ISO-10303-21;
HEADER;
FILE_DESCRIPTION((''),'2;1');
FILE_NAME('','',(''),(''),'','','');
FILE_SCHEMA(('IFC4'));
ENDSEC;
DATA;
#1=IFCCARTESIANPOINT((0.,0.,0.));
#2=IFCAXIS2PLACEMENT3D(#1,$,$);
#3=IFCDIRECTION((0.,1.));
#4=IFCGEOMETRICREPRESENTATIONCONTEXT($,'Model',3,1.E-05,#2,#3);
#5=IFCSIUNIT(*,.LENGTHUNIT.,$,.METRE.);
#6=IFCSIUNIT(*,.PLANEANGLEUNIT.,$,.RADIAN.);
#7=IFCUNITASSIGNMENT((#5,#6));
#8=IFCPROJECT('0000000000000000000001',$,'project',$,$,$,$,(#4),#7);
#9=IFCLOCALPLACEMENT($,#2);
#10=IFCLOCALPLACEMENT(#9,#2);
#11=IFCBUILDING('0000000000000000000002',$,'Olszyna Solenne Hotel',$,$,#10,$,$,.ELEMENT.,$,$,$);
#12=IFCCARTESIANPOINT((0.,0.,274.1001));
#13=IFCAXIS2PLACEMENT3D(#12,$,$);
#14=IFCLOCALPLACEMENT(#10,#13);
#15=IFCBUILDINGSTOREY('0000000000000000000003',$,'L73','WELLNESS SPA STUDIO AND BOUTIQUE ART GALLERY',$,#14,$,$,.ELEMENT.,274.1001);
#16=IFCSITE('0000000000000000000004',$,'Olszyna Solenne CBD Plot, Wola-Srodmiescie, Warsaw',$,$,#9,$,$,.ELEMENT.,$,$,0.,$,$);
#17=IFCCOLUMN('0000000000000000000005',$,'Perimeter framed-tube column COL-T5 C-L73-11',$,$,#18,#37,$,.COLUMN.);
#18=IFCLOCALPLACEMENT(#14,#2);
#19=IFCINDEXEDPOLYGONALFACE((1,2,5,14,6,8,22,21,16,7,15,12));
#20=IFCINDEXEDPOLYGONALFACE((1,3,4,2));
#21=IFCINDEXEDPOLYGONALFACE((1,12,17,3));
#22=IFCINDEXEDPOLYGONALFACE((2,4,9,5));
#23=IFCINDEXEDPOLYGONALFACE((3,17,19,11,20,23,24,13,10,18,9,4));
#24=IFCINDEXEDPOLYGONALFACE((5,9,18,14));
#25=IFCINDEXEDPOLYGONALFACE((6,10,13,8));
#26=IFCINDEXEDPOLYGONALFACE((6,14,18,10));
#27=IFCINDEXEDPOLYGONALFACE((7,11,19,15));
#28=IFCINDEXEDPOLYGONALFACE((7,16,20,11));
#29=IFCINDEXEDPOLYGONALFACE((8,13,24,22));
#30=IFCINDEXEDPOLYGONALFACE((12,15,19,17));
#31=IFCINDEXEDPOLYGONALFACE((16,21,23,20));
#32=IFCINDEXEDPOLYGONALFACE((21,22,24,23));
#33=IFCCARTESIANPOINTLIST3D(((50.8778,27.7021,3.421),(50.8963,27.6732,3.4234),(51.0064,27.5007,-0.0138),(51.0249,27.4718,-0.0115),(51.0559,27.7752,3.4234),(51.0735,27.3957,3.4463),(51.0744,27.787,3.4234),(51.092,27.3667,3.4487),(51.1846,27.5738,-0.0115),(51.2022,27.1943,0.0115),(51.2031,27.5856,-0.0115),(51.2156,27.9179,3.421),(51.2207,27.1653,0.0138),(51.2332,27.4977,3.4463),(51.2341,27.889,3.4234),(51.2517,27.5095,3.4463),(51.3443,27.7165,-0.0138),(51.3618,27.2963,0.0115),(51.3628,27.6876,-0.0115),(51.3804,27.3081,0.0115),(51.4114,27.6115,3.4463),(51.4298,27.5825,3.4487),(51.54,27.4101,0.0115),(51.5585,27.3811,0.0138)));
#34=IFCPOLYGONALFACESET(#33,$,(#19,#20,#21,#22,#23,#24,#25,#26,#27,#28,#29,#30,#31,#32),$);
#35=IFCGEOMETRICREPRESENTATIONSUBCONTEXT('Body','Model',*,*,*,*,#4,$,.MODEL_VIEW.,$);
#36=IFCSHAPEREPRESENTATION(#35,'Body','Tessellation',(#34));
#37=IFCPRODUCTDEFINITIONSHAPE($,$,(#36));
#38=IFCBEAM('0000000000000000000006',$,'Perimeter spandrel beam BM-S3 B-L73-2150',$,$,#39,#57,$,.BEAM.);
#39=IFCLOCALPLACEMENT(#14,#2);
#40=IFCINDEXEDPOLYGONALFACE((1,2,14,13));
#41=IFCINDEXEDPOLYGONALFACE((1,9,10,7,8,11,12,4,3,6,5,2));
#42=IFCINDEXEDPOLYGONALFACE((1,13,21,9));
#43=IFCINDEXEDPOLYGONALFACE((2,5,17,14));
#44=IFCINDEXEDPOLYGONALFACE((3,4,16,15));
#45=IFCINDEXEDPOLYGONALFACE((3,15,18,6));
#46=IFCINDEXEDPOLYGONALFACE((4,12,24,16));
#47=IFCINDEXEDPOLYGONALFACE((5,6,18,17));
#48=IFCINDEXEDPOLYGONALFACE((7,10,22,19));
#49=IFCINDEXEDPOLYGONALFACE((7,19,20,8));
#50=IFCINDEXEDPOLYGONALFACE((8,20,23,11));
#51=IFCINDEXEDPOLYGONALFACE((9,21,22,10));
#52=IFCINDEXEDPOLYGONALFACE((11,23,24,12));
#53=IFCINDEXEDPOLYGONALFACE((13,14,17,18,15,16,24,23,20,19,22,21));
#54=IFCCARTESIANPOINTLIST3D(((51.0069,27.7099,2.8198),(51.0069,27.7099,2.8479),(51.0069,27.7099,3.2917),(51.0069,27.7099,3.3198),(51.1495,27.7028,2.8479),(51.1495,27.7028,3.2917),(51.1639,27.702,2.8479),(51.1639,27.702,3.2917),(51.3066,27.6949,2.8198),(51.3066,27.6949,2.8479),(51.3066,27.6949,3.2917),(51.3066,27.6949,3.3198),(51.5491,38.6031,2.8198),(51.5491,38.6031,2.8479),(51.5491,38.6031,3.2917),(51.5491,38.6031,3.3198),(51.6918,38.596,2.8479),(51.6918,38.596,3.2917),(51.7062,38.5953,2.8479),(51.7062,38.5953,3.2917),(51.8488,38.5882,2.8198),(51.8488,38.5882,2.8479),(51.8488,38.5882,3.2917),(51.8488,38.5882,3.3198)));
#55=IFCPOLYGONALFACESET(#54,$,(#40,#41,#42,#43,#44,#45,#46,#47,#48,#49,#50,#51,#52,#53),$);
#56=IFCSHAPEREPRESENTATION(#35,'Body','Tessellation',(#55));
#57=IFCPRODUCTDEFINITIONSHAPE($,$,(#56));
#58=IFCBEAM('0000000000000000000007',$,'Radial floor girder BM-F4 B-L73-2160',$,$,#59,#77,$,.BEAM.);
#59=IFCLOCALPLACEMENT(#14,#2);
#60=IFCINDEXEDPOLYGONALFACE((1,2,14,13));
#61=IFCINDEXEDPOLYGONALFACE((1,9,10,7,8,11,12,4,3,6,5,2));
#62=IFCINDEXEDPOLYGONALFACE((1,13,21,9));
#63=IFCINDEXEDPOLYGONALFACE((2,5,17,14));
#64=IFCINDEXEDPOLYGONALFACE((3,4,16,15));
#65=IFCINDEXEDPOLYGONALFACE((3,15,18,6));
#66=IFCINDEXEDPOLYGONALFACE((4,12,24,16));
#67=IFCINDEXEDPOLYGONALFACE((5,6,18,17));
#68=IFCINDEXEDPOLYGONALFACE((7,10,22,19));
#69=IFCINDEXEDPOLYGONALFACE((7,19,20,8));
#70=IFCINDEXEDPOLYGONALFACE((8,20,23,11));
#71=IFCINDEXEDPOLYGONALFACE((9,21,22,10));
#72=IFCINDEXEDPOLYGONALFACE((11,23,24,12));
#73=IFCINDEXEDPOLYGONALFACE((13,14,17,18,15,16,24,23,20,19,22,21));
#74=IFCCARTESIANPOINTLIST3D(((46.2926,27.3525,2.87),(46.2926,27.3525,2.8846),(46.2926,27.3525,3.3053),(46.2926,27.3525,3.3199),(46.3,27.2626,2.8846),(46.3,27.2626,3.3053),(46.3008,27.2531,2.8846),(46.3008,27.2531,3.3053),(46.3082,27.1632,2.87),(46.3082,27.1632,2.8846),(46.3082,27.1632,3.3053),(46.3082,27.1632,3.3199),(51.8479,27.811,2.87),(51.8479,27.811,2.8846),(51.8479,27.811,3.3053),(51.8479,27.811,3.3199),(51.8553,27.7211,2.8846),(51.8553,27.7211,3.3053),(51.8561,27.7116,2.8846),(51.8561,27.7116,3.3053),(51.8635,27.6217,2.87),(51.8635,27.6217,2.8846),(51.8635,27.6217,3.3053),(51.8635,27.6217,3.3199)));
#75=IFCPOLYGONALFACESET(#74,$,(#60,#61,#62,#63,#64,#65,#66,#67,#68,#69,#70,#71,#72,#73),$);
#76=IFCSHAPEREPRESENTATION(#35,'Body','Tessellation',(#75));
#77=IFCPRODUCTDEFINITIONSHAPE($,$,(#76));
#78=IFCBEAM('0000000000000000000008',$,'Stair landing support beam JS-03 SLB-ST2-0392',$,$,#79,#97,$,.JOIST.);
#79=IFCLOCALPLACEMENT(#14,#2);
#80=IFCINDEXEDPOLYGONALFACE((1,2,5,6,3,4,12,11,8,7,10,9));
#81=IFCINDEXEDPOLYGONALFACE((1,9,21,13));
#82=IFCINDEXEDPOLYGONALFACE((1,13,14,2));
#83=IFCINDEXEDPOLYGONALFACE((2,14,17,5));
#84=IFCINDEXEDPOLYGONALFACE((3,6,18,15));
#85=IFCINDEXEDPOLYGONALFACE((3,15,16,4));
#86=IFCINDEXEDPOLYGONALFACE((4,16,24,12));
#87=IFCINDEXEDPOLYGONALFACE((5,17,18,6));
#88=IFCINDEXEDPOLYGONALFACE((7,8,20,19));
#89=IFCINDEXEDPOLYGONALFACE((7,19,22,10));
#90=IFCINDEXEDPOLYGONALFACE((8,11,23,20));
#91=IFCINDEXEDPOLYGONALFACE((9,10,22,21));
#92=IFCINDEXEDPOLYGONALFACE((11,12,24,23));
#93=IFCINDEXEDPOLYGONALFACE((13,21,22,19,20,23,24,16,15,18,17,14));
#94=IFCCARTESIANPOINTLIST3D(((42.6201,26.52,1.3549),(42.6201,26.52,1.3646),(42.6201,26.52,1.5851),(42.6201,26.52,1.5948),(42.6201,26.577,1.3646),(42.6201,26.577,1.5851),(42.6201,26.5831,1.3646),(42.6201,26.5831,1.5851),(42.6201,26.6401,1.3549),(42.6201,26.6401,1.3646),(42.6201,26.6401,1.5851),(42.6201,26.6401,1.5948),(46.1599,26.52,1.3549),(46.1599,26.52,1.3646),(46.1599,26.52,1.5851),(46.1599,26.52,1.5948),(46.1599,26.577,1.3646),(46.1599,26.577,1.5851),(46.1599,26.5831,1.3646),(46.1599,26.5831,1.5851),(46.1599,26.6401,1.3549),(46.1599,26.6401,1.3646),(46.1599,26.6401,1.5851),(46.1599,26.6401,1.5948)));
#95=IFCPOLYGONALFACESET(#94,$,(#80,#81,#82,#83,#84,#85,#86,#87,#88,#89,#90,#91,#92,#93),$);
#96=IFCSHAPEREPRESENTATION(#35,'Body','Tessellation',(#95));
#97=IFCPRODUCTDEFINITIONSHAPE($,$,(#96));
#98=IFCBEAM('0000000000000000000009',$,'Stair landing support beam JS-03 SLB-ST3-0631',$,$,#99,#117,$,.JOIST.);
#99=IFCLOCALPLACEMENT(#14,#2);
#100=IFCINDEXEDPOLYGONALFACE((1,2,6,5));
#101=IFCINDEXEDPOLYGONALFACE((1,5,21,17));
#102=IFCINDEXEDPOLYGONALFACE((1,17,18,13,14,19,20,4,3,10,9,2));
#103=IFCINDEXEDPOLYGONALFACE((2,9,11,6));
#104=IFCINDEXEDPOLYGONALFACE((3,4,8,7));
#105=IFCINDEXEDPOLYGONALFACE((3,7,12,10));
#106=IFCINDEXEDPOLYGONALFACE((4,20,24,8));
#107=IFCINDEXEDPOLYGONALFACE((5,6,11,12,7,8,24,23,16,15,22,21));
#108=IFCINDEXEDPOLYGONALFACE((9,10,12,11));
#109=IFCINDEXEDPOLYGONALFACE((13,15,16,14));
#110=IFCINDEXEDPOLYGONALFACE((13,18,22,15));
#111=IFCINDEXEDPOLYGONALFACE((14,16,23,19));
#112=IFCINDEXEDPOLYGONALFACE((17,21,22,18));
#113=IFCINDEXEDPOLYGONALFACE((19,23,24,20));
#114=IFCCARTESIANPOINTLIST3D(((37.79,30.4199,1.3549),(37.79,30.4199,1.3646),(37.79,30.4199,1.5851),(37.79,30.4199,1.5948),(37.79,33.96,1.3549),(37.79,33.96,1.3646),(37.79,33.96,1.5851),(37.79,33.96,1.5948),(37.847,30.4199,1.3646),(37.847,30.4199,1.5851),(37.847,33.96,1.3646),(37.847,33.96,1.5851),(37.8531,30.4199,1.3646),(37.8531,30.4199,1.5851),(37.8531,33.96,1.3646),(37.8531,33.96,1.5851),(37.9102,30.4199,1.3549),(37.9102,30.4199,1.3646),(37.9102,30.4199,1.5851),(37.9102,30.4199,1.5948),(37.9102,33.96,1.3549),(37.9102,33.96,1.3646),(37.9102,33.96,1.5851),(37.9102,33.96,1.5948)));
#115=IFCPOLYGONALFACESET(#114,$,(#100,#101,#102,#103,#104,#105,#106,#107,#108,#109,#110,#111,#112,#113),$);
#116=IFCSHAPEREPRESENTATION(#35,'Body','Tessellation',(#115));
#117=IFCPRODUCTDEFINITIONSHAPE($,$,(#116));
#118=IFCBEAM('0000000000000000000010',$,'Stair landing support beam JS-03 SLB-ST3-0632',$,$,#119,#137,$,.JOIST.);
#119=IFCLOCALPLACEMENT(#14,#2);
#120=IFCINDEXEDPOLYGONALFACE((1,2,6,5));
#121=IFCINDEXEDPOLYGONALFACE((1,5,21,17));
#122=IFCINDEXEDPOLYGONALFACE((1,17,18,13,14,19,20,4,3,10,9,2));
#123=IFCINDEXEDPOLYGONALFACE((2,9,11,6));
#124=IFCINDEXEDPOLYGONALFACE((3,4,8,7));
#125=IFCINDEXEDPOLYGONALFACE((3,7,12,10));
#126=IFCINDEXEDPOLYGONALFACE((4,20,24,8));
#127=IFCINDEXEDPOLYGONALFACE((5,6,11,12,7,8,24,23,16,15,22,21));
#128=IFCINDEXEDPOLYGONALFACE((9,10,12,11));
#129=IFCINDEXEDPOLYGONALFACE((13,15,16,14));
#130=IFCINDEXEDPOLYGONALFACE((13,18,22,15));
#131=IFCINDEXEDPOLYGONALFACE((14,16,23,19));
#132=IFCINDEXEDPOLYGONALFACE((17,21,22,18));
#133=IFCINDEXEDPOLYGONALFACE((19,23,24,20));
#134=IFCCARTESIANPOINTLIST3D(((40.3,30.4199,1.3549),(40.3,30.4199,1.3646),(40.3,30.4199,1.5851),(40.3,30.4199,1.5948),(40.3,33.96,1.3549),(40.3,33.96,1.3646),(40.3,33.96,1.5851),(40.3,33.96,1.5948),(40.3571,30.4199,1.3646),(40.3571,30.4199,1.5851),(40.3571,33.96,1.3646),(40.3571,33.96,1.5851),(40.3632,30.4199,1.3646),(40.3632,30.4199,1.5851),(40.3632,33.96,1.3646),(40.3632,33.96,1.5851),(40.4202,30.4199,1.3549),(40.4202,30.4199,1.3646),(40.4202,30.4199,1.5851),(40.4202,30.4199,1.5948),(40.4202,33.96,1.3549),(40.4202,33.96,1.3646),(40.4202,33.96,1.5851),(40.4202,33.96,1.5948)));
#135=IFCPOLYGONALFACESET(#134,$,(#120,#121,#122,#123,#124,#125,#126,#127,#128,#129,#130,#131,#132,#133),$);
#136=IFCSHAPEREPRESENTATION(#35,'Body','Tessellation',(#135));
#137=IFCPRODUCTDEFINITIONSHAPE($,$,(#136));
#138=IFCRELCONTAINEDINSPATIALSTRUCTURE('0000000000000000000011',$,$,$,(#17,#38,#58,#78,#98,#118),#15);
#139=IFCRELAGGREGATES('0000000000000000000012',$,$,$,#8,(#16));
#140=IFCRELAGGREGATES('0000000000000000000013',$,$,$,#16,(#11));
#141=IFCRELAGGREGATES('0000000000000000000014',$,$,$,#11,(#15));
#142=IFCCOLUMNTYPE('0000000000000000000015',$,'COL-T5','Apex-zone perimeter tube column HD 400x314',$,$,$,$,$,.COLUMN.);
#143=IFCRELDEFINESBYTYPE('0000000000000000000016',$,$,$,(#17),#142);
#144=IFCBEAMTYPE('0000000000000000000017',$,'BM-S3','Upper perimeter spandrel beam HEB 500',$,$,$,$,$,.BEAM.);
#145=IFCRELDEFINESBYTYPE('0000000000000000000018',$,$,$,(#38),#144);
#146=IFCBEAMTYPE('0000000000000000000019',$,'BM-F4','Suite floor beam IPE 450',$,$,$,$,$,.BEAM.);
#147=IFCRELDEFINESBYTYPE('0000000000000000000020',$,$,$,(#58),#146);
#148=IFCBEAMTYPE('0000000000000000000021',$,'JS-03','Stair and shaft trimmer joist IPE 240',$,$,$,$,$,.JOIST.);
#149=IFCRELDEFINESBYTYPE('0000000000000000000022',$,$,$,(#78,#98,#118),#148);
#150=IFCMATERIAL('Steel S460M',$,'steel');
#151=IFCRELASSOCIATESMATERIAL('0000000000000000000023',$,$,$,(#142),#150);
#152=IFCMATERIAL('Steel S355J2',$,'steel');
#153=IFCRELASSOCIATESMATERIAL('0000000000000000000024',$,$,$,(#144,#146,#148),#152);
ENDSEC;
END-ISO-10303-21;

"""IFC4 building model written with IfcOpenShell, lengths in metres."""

from ifc_helpers import new_model, si_unit, direction, frame, origin, origin_2d, place, context, subcontext, project, spatial, i_section, extrude, source, transform, mapped, material, material_profile, profile_set, type_object, element, save


model = new_model("IFC4")

# Units and contexts
model_context = context("Model", 3, precision=1e-05, world=origin(), true_north=direction((0.0, 1.0)))
body_context = subcontext(model_context, "Body", "Model", "MODEL_VIEW")
ifc_project = project(units=[si_unit("LENGTHUNIT", "METRE"), si_unit("PLANEANGLEUNIT", "RADIAN")], contexts=[model_context])

# Site, building, storey
site_placement = place(None, origin())
site = spatial("IfcSite", under=ifc_project, at=site_placement, Name="Olszyna Solenne CBD Plot, Wola-Srodmiescie, Warsaw", CompositionType="ELEMENT", RefElevation=0.0)
building_placement = place(site_placement, origin())
building = spatial("IfcBuilding", under=site, at=building_placement, Name="Olszyna Solenne Hotel", CompositionType="ELEMENT")
storey_placement = place(building_placement, frame((0.0, 0.0, 274.1001)))
storey = spatial("IfcBuildingStorey", under=building, at=storey_placement, Name="L73", Description="WELLNESS SPA STUDIO AND BOUTIQUE ART GALLERY", CompositionType="ELEMENT", Elevation=274.1001)

# Column
ifc_material_1 = material(Name="Steel S460M", Category="steel")
ifc_material_profile_1 = material_profile(ifc_material_1, i_section(OverallWidth=0.4009, OverallDepth=0.3989, WebThickness=0.022, FlangeThickness=0.0344, at=origin_2d()), Name="HD 400x314", Category="load-bearing")
ifc_profile_set_1 = profile_set([ifc_material_profile_1], Name="Steel S460M")
column_type = type_object("IfcColumnType", Name="COL-T5", Description="Apex-zone perimeter tube column HD 400x314", PredefinedType="COLUMN", material=ifc_profile_set_1)
shared_shape_1 = source(origin(), body_context, "Body", "SweptSolid", [
    extrude(i_section(OverallWidth=0.4009, OverallDepth=0.3989, WebThickness=0.022, FlangeThickness=0.0344, at=origin_2d()), origin(), (0.0, 0.0, 1.0), 3.4431),
])
column_placement = place(storey_placement, frame((51.2825, 27.4409, 0.0), z_axis=(-0.037368, 0.058498, 0.997588), x_axis=(-0.842735, -0.538329, 0.0)))
element("IfcColumn", 1, at=column_placement, inside=storey, type_object=column_type, Name="Perimeter framed-tube column COL-T5 C-L73-11", PredefinedType="COLUMN", context=body_context, shape_type="MappedRepresentation", body=[
    mapped(shared_shape_1, transform((0.0, 0.0, 0.0), x_axis=(1.0, 0.0, 0.0), y_axis=(0.0, 1.0, 0.0), z_axis=(0.0, 0.0, 1.0), scale=1.0)),
])

# Beams
ifc_material_2 = material(Name="Steel S355J2", Category="steel")
ifc_material_profile_2 = material_profile(ifc_material_2, i_section(OverallWidth=0.3, OverallDepth=0.5, WebThickness=0.0144, FlangeThickness=0.0281, at=origin_2d()), Name="HEB 500", Category="load-bearing")
ifc_profile_set_2 = profile_set([ifc_material_profile_2], Name="Steel S355J2")
beam_type_1 = type_object("IfcBeamType", Name="BM-S3", Description="Upper perimeter spandrel beam HEB 500", PredefinedType="BEAM", material=ifc_profile_set_2)
shared_shape_2 = source(origin(), body_context, "Body", "SweptSolid", [
    extrude(i_section(OverallWidth=0.3, OverallDepth=0.5, WebThickness=0.0144, FlangeThickness=0.0281, at=origin_2d()), origin(), (0.0, 0.0, 1.0), 10.9067),
])
beam_1_placement = place(storey_placement, frame((51.1567, 27.7024, 3.0698), z_axis=(0.049715, 0.998763, 0.0), x_axis=(-0.998763, 0.049715, 0.0)))
element("IfcBeam", 2, at=beam_1_placement, inside=storey, type_object=beam_type_1, Name="Perimeter spandrel beam BM-S3 B-L73-2150", PredefinedType="BEAM", context=body_context, shape_type="MappedRepresentation", body=[
    mapped(shared_shape_2, transform((0.0, 0.0, 0.0), x_axis=(1.0, 0.0, 0.0), y_axis=(0.0, 1.0, 0.0), z_axis=(0.0, 0.0, 1.0), scale=1.0)),
])
ifc_material_profile_3 = material_profile(ifc_material_2, i_section(OverallWidth=0.1899, OverallDepth=0.45, WebThickness=0.0095, FlangeThickness=0.0146, at=origin_2d()), Name="IPE 450", Category="load-bearing")
ifc_profile_set_3 = profile_set([ifc_material_profile_3], Name="Steel S355J2")
beam_type_2 = type_object("IfcBeamType", Name="BM-F4", Description="Suite floor beam IPE 450", PredefinedType="BEAM", material=ifc_profile_set_3)
shared_shape_3 = source(origin(), body_context, "Body", "SweptSolid", [
    extrude(i_section(OverallWidth=0.1899, OverallDepth=0.45, WebThickness=0.0095, FlangeThickness=0.0146, at=origin_2d()), origin(), (0.0, 0.0, 1.0), 5.5742),
])
beam_2_placement = place(storey_placement, frame((51.8557, 27.7163, 3.095), z_axis=(-0.996612, -0.082252, 0.0), x_axis=(0.082252, -0.996612, 0.0)))
element("IfcBeam", 3, at=beam_2_placement, inside=storey, type_object=beam_type_2, Name="Radial floor girder BM-F4 B-L73-2160", PredefinedType="BEAM", context=body_context, shape_type="MappedRepresentation", body=[
    mapped(shared_shape_3, transform((0.0, 0.0, 0.0), x_axis=(1.0, 0.0, 0.0), y_axis=(0.0, 1.0, 0.0), z_axis=(0.0, 0.0, 1.0), scale=1.0)),
])
ifc_material_profile_4 = material_profile(ifc_material_2, i_section(OverallWidth=0.1201, OverallDepth=0.24, WebThickness=0.0061, FlangeThickness=0.0098, at=origin_2d()), Name="IPE 240", Category="load-bearing")
ifc_profile_set_4 = profile_set([ifc_material_profile_4], Name="Steel S355J2")
beam_type_3 = type_object("IfcBeamType", Name="JS-03", Description="Stair and shaft trimmer joist IPE 240", PredefinedType="JOIST", material=ifc_profile_set_4)
shared_shape_4 = source(origin(), body_context, "Body", "SweptSolid", [
    extrude(i_section(OverallWidth=0.1201, OverallDepth=0.24, WebThickness=0.0061, FlangeThickness=0.0098, at=origin_2d()), origin(), (0.0, 0.0, 1.0), 3.5398),
])
beam_3_placement = place(storey_placement, frame((46.1599, 26.5801, 1.4749), z_axis=(-1.0, 0.0, 0.0), x_axis=(0.0, -1.0, 0.0)))
element("IfcBeam", 4, at=beam_3_placement, inside=storey, type_object=beam_type_3, Name="Stair landing support beam JS-03 SLB-ST2-0392", PredefinedType="JOIST", context=body_context, shape_type="MappedRepresentation", body=[
    mapped(shared_shape_4, transform((0.0, 0.0, 0.0), x_axis=(1.0, 0.0, 0.0), y_axis=(0.0, 1.0, 0.0), z_axis=(0.0, 0.0, 1.0), scale=1.0)),
])
shared_shape_5 = source(origin(), body_context, "Body", "SweptSolid", [
    extrude(i_section(OverallWidth=0.1201, OverallDepth=0.24, WebThickness=0.0061, FlangeThickness=0.0098, at=origin_2d()), origin(), (0.0, 0.0, 1.0), 3.54),
])
for number, where, z_axis, x_axis, name in (
    (5, (37.8501, 30.4199, 1.4749), (0.0, 1.0, 0.0), (-1.0, 0.0, 0.0), "Stair landing support beam JS-03 SLB-ST3-0631"),
    (6, (40.3601, 30.4199, 1.4749), (0.0, 1.0, 0.0), (-1.0, 0.0, 0.0), "Stair landing support beam JS-03 SLB-ST3-0632"),
):
    element("IfcBeam", number, at=place(storey_placement, frame(where, z_axis=z_axis, x_axis=x_axis)), inside=storey, type_object=beam_type_3, Name=name, PredefinedType="JOIST", context=body_context, shape_type="MappedRepresentation", body=[
        mapped(shared_shape_5, transform((0.0, 0.0, 0.0), x_axis=(1.0, 0.0, 0.0), y_axis=(0.0, 1.0, 0.0), z_axis=(0.0, 0.0, 1.0), scale=1.0)),
    ])

save(model, "model.ifc")
